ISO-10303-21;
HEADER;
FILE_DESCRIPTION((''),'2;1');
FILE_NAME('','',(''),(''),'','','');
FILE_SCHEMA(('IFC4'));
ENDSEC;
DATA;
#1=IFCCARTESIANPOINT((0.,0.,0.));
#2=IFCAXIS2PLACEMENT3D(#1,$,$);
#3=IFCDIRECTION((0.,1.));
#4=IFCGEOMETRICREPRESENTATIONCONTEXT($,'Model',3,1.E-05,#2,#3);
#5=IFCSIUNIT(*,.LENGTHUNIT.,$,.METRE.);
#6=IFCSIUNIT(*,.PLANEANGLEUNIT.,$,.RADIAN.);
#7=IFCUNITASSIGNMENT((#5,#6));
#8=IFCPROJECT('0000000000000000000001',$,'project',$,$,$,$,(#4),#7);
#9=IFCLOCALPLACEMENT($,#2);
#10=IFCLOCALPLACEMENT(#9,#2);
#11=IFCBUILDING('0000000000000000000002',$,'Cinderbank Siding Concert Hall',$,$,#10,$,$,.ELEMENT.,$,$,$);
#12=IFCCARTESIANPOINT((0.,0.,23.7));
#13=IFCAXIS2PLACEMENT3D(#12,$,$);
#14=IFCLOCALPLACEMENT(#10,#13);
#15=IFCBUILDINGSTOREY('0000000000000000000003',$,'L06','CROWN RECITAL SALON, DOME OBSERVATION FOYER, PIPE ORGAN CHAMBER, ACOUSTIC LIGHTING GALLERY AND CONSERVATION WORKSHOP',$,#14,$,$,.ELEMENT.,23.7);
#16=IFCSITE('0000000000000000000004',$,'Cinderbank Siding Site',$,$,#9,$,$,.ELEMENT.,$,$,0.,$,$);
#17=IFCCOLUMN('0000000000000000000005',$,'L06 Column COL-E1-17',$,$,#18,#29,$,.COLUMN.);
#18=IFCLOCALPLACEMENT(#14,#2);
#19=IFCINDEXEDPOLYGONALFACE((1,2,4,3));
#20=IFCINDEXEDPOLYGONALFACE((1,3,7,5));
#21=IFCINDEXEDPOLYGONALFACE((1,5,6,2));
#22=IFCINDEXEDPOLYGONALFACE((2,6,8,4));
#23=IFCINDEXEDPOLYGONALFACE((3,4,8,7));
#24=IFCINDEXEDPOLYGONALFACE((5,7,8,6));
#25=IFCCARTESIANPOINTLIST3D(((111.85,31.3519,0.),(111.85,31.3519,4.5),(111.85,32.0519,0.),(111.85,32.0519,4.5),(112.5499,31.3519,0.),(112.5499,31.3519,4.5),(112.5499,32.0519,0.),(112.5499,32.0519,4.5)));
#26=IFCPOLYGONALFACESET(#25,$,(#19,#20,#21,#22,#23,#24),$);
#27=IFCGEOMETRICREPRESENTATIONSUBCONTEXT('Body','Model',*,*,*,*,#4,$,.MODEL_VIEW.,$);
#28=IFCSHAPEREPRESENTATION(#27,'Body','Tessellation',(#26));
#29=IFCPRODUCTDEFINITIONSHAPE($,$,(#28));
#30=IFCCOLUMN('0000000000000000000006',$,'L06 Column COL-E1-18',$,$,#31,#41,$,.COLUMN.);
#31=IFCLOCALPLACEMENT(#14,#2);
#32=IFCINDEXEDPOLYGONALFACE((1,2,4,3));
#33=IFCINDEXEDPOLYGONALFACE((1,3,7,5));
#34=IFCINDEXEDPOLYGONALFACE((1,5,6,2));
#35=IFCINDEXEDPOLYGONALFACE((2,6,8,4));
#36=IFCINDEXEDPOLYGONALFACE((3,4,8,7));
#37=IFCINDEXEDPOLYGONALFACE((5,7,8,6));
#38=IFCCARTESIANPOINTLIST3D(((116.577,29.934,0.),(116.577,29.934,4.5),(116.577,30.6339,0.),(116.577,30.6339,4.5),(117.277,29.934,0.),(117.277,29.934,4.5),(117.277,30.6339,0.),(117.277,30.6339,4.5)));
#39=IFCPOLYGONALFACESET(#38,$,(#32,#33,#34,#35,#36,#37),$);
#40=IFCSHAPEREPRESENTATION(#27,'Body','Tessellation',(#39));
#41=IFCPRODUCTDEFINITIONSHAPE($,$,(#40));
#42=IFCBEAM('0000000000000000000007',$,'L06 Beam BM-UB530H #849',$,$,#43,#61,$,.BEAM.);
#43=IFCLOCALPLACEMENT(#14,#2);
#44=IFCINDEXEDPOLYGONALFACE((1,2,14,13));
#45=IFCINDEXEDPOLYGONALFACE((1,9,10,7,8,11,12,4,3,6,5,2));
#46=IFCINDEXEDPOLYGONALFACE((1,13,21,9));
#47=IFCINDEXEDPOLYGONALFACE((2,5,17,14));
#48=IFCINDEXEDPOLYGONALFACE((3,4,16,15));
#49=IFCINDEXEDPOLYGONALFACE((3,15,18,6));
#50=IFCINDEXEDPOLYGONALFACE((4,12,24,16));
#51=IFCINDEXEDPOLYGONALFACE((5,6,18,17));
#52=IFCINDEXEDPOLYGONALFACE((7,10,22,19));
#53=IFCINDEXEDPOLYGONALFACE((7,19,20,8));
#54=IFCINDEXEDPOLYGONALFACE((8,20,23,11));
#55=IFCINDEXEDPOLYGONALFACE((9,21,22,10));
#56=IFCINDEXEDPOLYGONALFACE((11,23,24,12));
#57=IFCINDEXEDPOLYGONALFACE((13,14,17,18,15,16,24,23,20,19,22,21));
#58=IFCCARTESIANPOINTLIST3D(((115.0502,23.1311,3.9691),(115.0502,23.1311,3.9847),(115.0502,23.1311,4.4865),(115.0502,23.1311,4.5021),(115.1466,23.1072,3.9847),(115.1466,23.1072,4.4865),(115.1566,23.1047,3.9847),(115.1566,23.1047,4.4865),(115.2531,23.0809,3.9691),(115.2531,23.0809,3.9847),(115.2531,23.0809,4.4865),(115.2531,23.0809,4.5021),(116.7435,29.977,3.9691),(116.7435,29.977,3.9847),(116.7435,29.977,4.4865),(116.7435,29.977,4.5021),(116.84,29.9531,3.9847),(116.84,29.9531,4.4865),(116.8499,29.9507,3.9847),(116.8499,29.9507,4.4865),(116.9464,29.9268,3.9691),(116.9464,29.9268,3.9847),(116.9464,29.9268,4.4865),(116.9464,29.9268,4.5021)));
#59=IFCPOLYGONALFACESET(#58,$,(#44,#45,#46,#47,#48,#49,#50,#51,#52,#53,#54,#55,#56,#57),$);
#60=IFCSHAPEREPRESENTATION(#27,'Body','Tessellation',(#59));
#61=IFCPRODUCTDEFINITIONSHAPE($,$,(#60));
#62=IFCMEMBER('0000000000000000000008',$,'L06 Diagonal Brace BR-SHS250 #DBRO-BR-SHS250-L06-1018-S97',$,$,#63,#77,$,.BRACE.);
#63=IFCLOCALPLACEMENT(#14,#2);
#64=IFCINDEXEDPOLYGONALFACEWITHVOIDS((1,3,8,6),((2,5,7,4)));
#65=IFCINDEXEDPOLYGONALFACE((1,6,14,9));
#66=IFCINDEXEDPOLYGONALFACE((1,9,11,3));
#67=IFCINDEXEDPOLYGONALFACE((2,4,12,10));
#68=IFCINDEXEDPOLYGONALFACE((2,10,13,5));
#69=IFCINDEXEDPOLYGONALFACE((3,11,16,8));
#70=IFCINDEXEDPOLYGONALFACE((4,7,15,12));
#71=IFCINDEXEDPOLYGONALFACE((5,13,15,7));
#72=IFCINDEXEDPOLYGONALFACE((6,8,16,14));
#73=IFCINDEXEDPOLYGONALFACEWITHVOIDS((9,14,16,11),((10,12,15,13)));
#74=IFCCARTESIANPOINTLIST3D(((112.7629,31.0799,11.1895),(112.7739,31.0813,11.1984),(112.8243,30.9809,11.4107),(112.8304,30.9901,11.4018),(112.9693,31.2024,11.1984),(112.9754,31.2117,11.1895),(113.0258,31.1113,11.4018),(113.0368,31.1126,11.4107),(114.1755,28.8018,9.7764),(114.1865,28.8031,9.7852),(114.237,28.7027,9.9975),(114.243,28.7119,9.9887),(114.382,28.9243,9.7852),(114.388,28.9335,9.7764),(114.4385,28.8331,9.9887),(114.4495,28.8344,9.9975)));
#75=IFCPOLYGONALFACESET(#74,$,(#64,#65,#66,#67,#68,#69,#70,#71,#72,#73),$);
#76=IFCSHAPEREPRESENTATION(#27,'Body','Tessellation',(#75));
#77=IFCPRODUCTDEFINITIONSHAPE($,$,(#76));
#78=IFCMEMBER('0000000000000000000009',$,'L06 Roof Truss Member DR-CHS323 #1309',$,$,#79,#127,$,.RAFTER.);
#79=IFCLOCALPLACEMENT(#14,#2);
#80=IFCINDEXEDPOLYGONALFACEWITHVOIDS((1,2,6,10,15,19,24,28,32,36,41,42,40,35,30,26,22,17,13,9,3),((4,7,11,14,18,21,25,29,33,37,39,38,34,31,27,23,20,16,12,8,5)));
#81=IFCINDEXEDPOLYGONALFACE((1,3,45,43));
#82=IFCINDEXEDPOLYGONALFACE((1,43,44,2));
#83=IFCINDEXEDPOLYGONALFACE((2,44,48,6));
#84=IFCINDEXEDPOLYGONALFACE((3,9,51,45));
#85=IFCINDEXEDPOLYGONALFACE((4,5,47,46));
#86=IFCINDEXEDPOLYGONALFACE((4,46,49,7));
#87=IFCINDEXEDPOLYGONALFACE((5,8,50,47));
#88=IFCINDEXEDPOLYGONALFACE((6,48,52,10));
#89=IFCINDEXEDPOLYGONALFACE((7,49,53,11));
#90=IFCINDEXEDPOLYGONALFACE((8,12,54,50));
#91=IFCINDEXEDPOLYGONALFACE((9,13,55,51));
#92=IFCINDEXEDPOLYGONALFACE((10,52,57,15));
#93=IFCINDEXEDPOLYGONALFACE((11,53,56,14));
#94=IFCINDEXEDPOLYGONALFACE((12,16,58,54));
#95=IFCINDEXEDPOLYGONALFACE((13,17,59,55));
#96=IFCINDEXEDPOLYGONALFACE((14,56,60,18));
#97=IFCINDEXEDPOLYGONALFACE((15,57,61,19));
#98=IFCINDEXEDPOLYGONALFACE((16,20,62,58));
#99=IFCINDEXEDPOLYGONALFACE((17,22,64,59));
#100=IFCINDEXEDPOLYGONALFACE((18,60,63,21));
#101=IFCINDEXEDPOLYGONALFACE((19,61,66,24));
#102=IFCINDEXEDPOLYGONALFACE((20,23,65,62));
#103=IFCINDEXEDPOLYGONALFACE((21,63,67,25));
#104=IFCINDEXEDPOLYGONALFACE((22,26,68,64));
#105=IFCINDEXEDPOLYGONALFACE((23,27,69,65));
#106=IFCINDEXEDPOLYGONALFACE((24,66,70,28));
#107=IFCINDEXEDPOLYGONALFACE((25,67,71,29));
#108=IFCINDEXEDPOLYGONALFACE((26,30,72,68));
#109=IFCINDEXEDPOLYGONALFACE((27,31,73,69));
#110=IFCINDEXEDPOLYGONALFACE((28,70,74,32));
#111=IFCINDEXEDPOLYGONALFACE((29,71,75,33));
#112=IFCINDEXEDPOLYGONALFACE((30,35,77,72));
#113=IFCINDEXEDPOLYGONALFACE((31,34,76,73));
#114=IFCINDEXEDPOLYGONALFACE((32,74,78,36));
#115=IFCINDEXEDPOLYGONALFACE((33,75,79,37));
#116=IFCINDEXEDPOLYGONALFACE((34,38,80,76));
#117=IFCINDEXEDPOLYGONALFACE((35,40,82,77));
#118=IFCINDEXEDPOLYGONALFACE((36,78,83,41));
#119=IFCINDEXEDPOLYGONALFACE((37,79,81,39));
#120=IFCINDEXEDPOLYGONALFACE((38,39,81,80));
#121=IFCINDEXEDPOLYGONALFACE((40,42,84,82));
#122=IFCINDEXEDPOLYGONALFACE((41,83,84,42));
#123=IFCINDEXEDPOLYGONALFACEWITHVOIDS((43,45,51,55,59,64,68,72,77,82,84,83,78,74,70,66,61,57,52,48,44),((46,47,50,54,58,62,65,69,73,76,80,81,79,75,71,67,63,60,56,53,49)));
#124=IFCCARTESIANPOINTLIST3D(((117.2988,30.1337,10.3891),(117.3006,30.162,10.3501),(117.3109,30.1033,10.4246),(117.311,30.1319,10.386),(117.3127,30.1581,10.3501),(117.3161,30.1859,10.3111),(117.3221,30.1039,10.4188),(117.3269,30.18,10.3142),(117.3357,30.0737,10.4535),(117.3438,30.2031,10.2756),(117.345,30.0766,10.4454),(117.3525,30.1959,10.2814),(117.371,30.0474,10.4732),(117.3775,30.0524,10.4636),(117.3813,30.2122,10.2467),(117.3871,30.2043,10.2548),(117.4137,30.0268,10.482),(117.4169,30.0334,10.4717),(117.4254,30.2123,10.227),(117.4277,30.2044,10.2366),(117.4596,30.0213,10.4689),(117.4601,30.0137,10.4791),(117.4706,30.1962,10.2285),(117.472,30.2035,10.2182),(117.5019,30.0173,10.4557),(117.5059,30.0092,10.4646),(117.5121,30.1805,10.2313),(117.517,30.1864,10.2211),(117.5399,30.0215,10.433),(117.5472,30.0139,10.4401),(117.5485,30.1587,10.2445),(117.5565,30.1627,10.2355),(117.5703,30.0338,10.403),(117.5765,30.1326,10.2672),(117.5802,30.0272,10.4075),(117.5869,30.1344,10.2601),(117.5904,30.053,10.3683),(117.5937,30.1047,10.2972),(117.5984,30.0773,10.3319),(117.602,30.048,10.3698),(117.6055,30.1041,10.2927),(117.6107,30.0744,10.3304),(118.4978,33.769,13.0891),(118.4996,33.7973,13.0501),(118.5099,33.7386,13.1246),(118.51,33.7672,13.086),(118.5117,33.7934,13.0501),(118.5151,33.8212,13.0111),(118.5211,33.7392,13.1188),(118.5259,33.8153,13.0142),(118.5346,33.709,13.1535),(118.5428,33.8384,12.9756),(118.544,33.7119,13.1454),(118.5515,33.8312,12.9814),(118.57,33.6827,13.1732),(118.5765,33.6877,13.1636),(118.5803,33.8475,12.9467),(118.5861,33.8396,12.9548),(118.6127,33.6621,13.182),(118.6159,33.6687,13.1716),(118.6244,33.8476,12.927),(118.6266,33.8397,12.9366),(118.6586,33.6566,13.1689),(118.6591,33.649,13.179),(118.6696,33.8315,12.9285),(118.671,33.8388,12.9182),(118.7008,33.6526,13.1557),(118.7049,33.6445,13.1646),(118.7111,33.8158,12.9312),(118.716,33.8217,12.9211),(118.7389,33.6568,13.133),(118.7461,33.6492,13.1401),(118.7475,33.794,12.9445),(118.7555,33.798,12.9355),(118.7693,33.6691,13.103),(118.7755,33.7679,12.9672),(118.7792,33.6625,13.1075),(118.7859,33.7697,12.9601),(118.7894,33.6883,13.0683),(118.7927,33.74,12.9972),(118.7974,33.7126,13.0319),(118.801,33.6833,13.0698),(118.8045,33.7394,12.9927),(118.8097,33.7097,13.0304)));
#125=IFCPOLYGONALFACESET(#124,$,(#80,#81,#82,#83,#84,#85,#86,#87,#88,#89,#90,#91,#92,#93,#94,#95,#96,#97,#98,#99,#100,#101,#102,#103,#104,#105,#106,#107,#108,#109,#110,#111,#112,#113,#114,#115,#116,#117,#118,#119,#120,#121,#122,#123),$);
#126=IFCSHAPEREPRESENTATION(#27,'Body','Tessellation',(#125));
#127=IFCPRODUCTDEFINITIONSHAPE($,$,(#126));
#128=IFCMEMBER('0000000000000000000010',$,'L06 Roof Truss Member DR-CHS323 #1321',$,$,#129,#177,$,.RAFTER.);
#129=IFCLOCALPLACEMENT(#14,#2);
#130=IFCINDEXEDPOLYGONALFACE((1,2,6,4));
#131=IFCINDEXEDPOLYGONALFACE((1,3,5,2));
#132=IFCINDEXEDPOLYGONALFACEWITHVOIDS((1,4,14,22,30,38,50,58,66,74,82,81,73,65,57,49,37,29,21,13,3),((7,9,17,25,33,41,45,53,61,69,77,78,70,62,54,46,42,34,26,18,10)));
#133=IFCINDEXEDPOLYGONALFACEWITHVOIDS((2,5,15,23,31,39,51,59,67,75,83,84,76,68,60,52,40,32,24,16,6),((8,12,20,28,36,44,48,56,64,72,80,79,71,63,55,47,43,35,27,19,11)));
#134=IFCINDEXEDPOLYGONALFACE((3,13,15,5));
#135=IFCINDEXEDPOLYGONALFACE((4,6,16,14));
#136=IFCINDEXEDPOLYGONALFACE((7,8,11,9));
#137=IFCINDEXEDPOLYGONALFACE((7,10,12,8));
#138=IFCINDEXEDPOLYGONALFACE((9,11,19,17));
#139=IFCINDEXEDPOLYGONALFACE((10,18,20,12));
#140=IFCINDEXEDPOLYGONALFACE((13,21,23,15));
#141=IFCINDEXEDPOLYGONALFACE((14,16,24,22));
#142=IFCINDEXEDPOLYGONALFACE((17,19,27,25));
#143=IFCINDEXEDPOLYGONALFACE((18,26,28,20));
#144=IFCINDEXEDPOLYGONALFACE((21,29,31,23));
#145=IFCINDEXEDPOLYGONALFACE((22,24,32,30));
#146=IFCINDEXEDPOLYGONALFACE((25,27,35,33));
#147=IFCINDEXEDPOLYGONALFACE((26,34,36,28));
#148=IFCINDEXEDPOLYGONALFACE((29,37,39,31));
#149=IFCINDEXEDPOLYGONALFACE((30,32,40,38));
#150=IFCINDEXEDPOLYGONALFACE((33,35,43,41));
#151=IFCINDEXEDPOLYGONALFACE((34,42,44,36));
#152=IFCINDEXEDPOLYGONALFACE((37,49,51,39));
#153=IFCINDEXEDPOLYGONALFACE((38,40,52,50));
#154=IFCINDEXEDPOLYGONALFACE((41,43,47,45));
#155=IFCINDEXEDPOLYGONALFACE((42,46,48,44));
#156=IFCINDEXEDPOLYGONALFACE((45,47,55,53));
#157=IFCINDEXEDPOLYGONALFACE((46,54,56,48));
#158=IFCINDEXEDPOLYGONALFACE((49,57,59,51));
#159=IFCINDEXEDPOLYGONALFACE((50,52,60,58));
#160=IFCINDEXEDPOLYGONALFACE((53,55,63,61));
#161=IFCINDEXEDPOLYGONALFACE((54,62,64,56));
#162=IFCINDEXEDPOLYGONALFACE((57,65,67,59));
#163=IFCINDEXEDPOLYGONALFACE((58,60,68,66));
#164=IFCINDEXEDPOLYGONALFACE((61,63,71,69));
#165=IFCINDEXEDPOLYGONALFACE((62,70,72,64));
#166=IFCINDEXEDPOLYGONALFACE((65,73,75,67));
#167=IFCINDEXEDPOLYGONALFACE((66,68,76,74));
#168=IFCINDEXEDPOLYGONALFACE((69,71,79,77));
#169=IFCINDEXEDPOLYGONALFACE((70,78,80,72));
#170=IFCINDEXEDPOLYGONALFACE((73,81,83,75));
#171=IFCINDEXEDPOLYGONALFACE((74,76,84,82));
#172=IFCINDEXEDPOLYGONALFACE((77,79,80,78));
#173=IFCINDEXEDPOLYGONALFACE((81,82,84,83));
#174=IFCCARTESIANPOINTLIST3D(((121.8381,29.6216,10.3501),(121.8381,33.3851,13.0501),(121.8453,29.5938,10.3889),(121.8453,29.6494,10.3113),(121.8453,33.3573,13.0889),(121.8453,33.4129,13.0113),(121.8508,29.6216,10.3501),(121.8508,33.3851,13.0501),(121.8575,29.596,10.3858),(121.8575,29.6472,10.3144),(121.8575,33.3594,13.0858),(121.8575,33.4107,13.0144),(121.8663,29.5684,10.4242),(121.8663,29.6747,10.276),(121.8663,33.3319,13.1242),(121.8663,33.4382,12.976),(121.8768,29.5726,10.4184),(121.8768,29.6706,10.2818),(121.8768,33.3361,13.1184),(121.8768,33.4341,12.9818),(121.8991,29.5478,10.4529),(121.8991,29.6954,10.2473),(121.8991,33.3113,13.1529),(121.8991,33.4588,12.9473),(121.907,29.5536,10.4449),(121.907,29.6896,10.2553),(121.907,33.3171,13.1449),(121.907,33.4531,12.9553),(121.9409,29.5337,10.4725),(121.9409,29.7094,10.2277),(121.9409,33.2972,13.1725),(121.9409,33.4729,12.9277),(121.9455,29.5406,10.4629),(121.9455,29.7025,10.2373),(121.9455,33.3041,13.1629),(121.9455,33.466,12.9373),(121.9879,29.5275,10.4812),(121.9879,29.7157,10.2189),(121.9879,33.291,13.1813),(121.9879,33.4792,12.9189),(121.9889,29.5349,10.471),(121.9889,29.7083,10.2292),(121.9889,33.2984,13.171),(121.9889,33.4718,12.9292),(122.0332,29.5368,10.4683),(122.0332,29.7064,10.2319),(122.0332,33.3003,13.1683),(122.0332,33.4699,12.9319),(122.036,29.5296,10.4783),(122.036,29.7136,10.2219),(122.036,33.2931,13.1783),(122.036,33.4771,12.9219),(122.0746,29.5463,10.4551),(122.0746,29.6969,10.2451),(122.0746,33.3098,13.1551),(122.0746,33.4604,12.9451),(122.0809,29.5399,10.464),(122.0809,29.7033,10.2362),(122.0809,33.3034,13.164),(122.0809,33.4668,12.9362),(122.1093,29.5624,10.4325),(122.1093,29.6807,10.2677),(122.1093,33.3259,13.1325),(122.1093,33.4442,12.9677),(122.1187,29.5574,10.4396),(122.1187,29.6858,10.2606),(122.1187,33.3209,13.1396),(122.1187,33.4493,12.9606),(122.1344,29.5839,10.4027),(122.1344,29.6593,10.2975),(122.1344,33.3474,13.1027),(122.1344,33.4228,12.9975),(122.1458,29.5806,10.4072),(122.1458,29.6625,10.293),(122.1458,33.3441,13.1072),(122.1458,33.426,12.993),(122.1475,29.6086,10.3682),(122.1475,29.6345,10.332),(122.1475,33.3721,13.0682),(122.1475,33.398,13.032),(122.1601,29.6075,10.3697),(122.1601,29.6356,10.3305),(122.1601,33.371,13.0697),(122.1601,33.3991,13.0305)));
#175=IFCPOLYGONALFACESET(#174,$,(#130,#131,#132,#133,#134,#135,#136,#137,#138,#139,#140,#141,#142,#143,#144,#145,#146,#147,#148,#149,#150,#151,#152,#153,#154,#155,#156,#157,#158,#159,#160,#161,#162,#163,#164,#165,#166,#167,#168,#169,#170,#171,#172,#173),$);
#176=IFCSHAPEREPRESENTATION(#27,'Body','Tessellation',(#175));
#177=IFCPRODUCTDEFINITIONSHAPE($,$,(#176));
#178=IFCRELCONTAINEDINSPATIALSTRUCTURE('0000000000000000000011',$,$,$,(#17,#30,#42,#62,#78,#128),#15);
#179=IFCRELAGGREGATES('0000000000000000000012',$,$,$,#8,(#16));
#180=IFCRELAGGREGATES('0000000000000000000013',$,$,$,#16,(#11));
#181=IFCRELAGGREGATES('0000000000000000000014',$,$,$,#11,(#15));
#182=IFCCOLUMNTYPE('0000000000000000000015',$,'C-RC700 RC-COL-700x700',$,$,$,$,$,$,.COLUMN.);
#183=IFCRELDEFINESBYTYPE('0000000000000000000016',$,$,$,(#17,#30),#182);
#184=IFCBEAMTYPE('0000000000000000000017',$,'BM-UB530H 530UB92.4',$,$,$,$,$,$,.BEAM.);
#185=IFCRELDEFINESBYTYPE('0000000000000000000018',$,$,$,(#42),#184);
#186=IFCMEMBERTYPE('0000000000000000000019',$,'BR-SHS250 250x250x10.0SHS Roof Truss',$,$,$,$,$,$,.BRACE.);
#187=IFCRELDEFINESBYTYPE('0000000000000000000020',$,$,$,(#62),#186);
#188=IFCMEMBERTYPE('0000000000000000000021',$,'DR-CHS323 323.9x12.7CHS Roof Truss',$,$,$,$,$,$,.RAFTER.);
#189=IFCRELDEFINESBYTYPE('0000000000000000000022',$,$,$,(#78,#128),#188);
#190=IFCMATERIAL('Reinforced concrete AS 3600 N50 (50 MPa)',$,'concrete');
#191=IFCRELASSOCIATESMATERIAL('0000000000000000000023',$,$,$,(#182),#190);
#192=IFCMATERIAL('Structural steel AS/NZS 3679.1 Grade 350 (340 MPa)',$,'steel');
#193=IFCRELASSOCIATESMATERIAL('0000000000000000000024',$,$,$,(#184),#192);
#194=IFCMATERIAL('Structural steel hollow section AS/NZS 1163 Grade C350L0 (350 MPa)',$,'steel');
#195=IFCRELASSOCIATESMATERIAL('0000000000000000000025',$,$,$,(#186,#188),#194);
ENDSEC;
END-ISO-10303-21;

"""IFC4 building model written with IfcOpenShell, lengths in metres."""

from ifc_helpers import new_model, si_unit, direction, frame, origin, origin_2d, place, context, subcontext, project, spatial, rectangle, hollow_rectangle, hollow_circle, i_section, extrude, material, material_profile, profile_set, type_object, element, save


model = new_model("IFC4")

# Units and contexts
model_context = context("Model", 3, precision=1e-05, world=origin(), true_north=direction((0.0, 1.0)))
body_context = subcontext(model_context, "Body", "Model", "MODEL_VIEW")
ifc_project = project(units=[si_unit("LENGTHUNIT", "METRE"), si_unit("PLANEANGLEUNIT", "RADIAN")], contexts=[model_context])

# Site, building, storey
site_placement = place(None, origin())
site = spatial("IfcSite", under=ifc_project, at=site_placement, Name="Cinderbank Siding Site", CompositionType="ELEMENT", RefElevation=0.0)
building_placement = place(site_placement, origin())
building = spatial("IfcBuilding", under=site, at=building_placement, Name="Cinderbank Siding Concert Hall", CompositionType="ELEMENT")
storey_placement = place(building_placement, frame((0.0, 0.0, 23.7)))
storey = spatial("IfcBuildingStorey", under=building, at=storey_placement, Name="L06", Description="CROWN RECITAL SALON, DOME OBSERVATION FOYER, PIPE ORGAN CHAMBER, ACOUSTIC LIGHTING GALLERY AND CONSERVATION WORKSHOP", CompositionType="ELEMENT", Elevation=23.7)

# Columns
ifc_material_1 = material(Name="Reinforced concrete AS 3600 N50 (50 MPa)", Category="concrete")
ifc_material_profile_1 = material_profile(ifc_material_1, rectangle(XDim=0.7, YDim=0.7, at=origin_2d()), Name="RC-COL-700x700", Category="LoadBearing")
ifc_profile_set_1 = profile_set([ifc_material_profile_1], Name="Reinforced concrete AS 3600 N50 (50 MPa)")
column_type = type_object("IfcColumnType", Name="C-RC700 RC-COL-700x700", PredefinedType="COLUMN", material=ifc_profile_set_1)
for number, where, z_axis, x_axis, name in (
    (1, (112.2, 31.7019, 0.0), (0.0, 0.0, 1.0), (1.0, 0.0, 0.0), "L06 Column COL-E1-17"),
    (2, (116.927, 30.2839, 0.0), (0.0, 0.0, 1.0), (1.0, 0.0, 0.0), "L06 Column COL-E1-18"),
):
    element("IfcColumn", number, at=place(storey_placement, frame(where, z_axis=z_axis, x_axis=x_axis)), inside=storey, type_object=column_type, Name=name, PredefinedType="COLUMN", context=body_context, shape_type="SweptSolid", body=[
        extrude(rectangle(XDim=0.7, YDim=0.7, at=origin_2d()), origin(), (0.0, 0.0, 1.0), 4.5),
    ])

# Beam
ifc_material_2 = material(Name="Structural steel AS/NZS 3679.1 Grade 350 (340 MPa)", Category="steel")
ifc_material_profile_2 = material_profile(ifc_material_2, i_section(OverallWidth=0.209, OverallDepth=0.533, WebThickness=0.0103, FlangeThickness=0.0156, at=origin_2d()), Name="530UB92.4", Category="LoadBearing")
ifc_profile_set_2 = profile_set([ifc_material_profile_2], Name="Structural steel AS/NZS 3679.1 Grade 350 (340 MPa)")
beam_type = type_object("IfcBeamType", Name="BM-UB530H 530UB92.4", PredefinedType="BEAM", material=ifc_profile_set_2)
beam_placement = place(storey_placement, frame((116.845, 29.9519, 4.2356), z_axis=(-0.240116, -0.970744, 0.0), x_axis=(0.970744, -0.240116, 0.0)))
element("IfcBeam", 3, at=beam_placement, inside=storey, type_object=beam_type, Name="L06 Beam BM-UB530H #849", PredefinedType="BEAM", context=body_context, shape_type="SweptSolid", body=[
    extrude(i_section(OverallWidth=0.209, OverallDepth=0.533, WebThickness=0.0103, FlangeThickness=0.0156, at=origin_2d()), origin(), (0.0, 0.0, 1.0), 7.0522),
])

# Members
ifc_material_3 = material(Name="Structural steel hollow section AS/NZS 1163 Grade C350L0 (350 MPa)", Category="steel")
ifc_material_profile_3 = material_profile(ifc_material_3, hollow_rectangle(XDim=0.25, YDim=0.25, WallThickness=0.01, at=origin_2d()), Name="250x250x10.0SHS", Category="LoadBearing")
ifc_profile_set_3 = profile_set([ifc_material_profile_3], Name="Structural steel hollow section AS/NZS 1163 Grade C350L0 (350 MPa)")
member_type_1 = type_object("IfcMemberType", Name="BR-SHS250 250x250x10.0SHS Roof Truss", PredefinedType="BRACE", material=ifc_profile_set_3)
member_1_placement = place(storey_placement, frame((114.3125, 28.8181, 9.887), z_axis=(-0.466179, 0.7518, 0.46634), x_axis=(-0.849871, -0.526991, 0.0)))
element("IfcMember", 4, at=member_1_placement, inside=storey, type_object=member_type_1, Name="L06 Diagonal Brace BR-SHS250 #DBRO-BR-SHS250-L06-1018-S97", PredefinedType="BRACE", context=body_context, shape_type="SweptSolid", body=[
    extrude(hollow_rectangle(XDim=0.25, YDim=0.25, WallThickness=0.01, at=origin_2d()), origin(), (0.0, 0.0, 1.0), 3.0303),
])
ifc_material_profile_4 = material_profile(ifc_material_3, hollow_circle(Radius=0.1619, WallThickness=0.0127, at=origin_2d()), Name="323.9x12.7CHS", Category="LoadBearing")
ifc_profile_set_4 = profile_set([ifc_material_profile_4], Name="Structural steel hollow section AS/NZS 1163 Grade C350L0 (350 MPa)")
member_type_2 = type_object("IfcMemberType", Name="DR-CHS323 323.9x12.7CHS Roof Truss", PredefinedType="RAFTER", material=ifc_profile_set_4)
member_2_placement = place(storey_placement, frame((117.4543, 30.1113, 10.3501), z_axis=(0.255958, 0.776056, 0.576387), x_axis=(-0.94968, 0.313222, 0.0)))
element("IfcMember", 5, at=member_2_placement, inside=storey, type_object=member_type_2, Name="L06 Roof Truss Member DR-CHS323 #1309", PredefinedType="RAFTER", context=body_context, shape_type="SweptSolid", body=[
    extrude(hollow_circle(Radius=0.1619, WallThickness=0.0127, at=origin_2d()), origin(), (0.0, 0.0, 1.0), 4.6843),
])
member_3_placement = place(storey_placement, frame((122.0, 29.6216, 10.3501), z_axis=(0.0, 0.812528, 0.582922), x_axis=(-1.0, 0.0, 0.0)))
element("IfcMember", 6, at=member_3_placement, inside=storey, type_object=member_type_2, Name="L06 Roof Truss Member DR-CHS323 #1321", PredefinedType="RAFTER", context=body_context, shape_type="SweptSolid", body=[
    extrude(hollow_circle(Radius=0.1619, WallThickness=0.0127, at=origin_2d()), origin(), (0.0, 0.0, 1.0), 4.6318),
])

save(model, "model.ifc")
